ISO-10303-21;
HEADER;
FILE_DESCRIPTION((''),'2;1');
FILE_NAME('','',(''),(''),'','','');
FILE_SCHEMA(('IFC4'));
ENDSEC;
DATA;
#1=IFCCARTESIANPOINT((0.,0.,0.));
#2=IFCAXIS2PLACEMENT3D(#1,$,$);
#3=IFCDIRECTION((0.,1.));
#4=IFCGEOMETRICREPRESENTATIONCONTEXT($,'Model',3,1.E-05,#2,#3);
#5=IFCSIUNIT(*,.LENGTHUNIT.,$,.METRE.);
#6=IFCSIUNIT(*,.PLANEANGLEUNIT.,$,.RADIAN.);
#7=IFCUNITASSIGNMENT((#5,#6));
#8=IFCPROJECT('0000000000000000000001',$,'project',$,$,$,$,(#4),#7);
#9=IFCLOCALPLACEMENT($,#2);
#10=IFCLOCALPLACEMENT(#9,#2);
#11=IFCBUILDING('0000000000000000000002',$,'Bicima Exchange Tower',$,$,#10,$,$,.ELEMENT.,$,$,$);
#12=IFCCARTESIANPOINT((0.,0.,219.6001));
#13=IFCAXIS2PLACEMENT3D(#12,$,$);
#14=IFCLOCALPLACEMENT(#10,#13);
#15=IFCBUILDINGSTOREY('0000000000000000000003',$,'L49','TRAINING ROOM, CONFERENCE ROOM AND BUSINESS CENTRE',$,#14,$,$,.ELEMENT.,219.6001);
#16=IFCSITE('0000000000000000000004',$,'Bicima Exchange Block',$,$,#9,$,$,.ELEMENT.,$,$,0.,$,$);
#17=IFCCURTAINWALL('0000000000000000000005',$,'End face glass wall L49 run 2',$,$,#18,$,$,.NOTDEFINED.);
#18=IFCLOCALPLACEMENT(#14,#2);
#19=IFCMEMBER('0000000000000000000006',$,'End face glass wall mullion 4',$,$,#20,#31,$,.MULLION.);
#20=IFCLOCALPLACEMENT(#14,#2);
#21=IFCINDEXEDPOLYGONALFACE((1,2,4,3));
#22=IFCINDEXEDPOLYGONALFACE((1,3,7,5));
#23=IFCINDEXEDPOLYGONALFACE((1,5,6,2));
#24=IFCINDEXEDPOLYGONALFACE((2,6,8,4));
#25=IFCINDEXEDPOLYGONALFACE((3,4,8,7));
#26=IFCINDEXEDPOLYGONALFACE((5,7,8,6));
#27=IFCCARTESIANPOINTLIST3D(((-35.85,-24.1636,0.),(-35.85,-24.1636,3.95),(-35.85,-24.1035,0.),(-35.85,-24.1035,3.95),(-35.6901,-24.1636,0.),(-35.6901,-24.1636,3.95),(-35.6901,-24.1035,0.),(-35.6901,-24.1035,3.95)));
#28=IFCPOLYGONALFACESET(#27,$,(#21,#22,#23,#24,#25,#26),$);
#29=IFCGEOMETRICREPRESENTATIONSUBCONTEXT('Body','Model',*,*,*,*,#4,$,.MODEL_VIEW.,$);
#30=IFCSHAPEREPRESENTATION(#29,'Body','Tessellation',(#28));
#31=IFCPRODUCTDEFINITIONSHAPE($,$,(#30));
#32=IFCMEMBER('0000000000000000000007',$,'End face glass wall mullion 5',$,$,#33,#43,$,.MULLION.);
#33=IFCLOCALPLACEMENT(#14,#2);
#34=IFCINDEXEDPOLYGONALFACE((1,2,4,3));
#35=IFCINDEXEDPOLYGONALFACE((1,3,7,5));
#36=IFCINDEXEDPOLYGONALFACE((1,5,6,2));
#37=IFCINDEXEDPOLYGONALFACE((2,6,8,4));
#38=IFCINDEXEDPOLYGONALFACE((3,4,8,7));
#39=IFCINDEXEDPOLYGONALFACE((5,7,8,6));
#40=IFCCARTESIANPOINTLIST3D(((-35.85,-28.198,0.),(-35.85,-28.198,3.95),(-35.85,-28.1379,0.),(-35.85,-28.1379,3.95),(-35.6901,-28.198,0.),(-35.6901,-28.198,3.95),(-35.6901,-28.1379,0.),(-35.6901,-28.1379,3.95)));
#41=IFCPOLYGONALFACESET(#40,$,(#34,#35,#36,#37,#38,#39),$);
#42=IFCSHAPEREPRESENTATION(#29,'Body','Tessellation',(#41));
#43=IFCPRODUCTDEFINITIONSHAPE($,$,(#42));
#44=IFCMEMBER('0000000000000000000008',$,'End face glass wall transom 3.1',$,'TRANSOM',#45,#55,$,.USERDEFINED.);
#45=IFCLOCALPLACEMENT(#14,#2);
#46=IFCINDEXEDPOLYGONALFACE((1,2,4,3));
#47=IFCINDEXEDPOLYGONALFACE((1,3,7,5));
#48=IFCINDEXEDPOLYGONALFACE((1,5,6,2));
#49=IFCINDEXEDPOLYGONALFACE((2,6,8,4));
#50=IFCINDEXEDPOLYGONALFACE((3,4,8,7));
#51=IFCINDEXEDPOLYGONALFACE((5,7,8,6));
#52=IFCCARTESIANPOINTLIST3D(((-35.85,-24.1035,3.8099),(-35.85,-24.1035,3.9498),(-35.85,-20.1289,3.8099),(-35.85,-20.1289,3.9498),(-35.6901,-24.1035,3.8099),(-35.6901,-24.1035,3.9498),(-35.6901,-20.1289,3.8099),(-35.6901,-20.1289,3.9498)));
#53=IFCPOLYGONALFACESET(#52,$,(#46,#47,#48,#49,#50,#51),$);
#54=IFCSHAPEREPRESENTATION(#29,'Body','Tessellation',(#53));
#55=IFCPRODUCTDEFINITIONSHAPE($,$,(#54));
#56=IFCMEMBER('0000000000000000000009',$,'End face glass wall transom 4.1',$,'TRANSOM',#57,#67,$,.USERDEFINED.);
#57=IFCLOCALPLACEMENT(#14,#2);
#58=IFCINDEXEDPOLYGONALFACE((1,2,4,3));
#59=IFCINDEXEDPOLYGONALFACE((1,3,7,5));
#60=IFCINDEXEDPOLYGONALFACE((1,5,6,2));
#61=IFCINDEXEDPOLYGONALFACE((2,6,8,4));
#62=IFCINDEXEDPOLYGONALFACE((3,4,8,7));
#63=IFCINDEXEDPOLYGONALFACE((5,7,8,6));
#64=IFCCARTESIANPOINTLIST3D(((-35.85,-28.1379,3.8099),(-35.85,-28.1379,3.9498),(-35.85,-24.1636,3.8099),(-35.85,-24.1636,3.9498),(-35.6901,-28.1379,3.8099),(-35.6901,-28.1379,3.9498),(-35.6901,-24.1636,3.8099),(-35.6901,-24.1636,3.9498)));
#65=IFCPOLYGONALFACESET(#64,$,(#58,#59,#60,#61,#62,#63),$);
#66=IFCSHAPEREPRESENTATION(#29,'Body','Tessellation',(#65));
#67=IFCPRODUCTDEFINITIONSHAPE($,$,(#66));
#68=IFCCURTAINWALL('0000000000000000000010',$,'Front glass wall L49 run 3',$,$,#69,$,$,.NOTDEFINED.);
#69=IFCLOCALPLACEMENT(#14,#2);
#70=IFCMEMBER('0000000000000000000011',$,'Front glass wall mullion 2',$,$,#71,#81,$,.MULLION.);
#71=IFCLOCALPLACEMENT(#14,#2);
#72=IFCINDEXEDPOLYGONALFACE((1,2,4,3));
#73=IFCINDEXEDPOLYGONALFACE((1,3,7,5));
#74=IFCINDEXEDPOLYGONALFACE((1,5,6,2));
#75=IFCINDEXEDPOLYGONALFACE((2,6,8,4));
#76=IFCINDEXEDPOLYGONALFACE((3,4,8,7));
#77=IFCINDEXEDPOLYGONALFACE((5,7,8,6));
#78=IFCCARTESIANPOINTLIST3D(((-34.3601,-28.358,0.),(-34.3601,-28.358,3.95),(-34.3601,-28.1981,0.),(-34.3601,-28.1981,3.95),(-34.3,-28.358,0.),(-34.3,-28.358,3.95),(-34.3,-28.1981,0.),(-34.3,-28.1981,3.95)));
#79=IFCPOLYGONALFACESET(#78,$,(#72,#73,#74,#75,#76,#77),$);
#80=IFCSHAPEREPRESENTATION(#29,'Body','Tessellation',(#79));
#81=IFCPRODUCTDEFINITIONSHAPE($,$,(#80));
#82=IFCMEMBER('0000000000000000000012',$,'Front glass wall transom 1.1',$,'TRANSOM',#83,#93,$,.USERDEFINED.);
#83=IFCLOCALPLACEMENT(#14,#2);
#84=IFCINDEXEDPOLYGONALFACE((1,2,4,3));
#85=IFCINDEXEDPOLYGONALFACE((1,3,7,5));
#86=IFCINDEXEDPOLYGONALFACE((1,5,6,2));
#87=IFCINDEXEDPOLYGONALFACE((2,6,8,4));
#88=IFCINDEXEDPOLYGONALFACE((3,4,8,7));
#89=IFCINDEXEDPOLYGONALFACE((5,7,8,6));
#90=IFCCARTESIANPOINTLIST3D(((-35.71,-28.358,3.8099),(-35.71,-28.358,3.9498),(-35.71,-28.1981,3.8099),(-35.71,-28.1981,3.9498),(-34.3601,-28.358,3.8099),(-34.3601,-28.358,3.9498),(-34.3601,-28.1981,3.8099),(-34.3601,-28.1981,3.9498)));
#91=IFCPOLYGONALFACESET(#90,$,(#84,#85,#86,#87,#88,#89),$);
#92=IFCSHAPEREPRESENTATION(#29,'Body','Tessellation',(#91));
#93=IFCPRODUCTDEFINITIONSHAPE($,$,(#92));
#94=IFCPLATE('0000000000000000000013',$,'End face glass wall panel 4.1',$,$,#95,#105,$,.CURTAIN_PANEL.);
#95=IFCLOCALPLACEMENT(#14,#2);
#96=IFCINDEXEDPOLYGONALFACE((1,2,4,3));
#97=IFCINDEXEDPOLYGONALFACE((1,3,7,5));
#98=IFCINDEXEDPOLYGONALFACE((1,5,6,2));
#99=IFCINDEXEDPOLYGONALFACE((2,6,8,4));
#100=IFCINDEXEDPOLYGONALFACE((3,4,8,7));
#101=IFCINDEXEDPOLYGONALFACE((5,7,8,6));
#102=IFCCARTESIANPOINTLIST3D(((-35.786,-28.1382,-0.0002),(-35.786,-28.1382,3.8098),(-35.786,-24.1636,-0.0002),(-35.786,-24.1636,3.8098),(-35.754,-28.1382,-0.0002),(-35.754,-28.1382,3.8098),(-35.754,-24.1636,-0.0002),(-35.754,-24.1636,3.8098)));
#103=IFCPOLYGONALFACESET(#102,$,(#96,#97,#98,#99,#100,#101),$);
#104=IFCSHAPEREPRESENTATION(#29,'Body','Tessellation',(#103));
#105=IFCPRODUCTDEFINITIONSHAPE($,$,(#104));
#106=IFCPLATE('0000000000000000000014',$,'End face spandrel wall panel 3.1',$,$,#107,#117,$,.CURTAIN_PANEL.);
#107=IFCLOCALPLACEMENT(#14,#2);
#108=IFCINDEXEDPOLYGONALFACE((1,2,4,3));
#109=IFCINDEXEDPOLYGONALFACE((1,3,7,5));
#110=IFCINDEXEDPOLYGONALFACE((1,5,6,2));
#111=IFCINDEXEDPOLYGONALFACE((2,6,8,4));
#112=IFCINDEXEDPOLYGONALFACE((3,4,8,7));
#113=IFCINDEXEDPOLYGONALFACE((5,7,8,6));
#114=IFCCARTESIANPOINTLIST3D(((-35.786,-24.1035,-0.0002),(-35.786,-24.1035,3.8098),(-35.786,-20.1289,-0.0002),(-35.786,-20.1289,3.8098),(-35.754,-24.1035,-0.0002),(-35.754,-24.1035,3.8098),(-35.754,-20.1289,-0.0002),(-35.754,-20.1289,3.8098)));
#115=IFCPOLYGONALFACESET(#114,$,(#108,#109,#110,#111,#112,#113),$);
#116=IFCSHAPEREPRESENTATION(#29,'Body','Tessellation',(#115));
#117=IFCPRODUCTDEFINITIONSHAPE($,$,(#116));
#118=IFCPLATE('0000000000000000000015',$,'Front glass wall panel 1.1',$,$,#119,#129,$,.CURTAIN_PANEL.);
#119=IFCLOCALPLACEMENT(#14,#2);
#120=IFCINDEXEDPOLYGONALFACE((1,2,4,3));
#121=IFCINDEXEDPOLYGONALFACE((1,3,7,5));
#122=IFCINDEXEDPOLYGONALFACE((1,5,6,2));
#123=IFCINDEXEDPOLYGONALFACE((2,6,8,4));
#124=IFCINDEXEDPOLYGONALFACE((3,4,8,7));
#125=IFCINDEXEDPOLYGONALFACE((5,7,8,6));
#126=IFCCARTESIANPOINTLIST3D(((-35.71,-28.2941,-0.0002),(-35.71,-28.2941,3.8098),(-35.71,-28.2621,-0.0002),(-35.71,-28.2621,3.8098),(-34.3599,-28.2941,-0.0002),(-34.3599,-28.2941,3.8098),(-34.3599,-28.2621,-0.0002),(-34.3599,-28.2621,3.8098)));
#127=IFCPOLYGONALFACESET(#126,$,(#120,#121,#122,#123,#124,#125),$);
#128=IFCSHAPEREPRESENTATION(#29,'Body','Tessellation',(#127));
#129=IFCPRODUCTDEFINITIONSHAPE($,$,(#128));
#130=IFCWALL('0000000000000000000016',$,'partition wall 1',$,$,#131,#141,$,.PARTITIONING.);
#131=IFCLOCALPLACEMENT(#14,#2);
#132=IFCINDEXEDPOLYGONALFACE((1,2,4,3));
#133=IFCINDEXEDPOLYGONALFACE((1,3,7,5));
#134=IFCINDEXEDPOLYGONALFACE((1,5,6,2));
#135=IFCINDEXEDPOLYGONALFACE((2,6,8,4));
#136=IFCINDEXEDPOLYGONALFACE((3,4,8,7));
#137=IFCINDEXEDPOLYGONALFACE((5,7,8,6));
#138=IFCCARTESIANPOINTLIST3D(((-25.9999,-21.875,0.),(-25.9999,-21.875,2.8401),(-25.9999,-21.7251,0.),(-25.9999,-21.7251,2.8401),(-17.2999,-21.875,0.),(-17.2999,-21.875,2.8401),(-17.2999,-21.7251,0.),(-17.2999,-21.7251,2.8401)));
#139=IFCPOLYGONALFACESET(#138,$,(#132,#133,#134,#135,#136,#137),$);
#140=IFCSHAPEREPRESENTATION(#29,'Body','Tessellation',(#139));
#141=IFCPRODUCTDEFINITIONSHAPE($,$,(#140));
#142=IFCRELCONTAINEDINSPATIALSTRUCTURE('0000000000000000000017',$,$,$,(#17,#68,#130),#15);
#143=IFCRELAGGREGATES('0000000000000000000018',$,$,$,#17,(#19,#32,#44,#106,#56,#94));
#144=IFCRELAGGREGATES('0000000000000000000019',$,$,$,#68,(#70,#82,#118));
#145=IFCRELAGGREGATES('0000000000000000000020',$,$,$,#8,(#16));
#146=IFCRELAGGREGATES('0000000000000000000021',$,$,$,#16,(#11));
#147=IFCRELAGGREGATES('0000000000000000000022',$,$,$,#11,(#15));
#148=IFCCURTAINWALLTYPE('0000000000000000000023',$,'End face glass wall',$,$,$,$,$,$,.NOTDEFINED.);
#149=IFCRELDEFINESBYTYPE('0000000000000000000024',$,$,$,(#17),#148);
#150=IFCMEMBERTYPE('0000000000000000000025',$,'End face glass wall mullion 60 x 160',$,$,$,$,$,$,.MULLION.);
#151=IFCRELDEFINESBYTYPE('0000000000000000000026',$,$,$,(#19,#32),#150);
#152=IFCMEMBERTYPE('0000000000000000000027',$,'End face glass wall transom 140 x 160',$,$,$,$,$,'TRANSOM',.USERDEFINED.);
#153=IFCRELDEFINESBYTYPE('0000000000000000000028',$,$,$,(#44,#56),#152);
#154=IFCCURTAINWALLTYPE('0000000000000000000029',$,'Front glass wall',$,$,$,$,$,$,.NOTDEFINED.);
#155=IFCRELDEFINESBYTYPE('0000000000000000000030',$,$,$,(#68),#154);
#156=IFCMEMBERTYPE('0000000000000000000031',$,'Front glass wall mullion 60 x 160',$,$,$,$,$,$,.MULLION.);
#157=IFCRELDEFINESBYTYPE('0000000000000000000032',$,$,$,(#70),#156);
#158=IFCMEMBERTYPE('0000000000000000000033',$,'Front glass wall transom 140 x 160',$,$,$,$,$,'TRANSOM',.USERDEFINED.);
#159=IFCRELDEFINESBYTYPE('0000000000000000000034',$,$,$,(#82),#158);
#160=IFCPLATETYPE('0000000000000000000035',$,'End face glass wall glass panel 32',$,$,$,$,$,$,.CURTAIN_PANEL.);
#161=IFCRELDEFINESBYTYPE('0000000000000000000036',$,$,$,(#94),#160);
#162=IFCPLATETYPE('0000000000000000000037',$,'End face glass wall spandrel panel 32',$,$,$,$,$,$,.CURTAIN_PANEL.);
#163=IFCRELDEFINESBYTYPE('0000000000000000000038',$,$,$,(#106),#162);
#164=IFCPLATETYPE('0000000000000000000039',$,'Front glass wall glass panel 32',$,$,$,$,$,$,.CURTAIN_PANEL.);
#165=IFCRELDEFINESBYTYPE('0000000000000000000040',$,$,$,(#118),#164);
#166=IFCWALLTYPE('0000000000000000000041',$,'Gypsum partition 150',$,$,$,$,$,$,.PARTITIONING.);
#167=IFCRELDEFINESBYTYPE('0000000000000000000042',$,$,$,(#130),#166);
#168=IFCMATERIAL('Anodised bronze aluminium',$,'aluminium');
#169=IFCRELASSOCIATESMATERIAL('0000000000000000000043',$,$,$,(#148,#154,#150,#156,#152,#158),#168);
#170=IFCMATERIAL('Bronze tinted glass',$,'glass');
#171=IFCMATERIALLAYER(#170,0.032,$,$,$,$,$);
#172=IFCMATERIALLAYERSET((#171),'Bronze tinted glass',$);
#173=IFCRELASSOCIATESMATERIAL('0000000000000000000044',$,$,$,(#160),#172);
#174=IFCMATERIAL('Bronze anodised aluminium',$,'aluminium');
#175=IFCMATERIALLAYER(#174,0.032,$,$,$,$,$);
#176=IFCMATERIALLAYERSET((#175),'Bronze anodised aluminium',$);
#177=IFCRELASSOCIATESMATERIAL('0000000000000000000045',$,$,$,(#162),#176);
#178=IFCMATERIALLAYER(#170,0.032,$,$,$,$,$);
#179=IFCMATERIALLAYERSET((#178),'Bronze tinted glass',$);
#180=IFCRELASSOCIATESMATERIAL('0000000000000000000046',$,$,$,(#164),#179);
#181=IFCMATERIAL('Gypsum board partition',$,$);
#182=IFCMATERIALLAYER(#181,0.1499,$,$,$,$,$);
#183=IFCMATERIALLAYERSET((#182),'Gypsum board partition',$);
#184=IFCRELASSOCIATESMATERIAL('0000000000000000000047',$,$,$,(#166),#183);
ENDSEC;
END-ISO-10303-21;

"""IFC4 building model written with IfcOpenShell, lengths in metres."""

from ifc_helpers import new_model, si_unit, direction, frame, frame_2d, origin, origin_2d, place, context, subcontext, project, spatial, rectangle, extrude, material, layer, layer_set, material_profile, profile_set, type_object, element, aggregate, save


model = new_model("IFC4")

# Units and contexts
model_context = context("Model", 3, precision=1e-05, world=origin(), true_north=direction((0.0, 1.0)))
body_context = subcontext(model_context, "Body", "Model", "MODEL_VIEW")
ifc_project = project(units=[si_unit("LENGTHUNIT", "METRE"), si_unit("PLANEANGLEUNIT", "RADIAN")], contexts=[model_context])

# Site, building, storey
site_placement = place(None, origin())
site = spatial("IfcSite", under=ifc_project, at=site_placement, Name="Bicima Exchange Block", CompositionType="ELEMENT", RefElevation=0.0)
building_placement = place(site_placement, origin())
building = spatial("IfcBuilding", under=site, at=building_placement, Name="Bicima Exchange Tower", CompositionType="ELEMENT")
storey_placement = place(building_placement, frame((0.0, 0.0, 219.6001)))
storey = spatial("IfcBuildingStorey", under=building, at=storey_placement, Name="L49", Description="TRAINING ROOM, CONFERENCE ROOM AND BUSINESS CENTRE", CompositionType="ELEMENT", Elevation=219.6001)

# Curtain walls, members
ifc_material_1 = material(Name="Anodised bronze aluminium", Category="aluminium")
curtain_wall_type_1 = type_object("IfcCurtainWallType", Name="End face glass wall", PredefinedType="NOTDEFINED", material=ifc_material_1)
curtain_wall_1_placement = place(storey_placement, origin())
curtain_wall_1 = element("IfcCurtainWall", 1, at=curtain_wall_1_placement, inside=storey, type_object=curtain_wall_type_1, Name="End face glass wall L49 run 2", PredefinedType="NOTDEFINED")
ifc_material_profile_1 = material_profile(ifc_material_1, rectangle(XDim=0.1599, YDim=0.0601, at=origin_2d()))
ifc_profile_set_1 = profile_set([ifc_material_profile_1], Name="Anodised bronze aluminium")
member_type_1 = type_object("IfcMemberType", Name="End face glass wall mullion 60 x 160", PredefinedType="MULLION", material=ifc_profile_set_1)
member_1_placement = place(storey_placement, frame((-35.77, -24.1335, 0.0), z_axis=(0.0, 0.0, 1.0), x_axis=(1.0, 0.0, 0.0)))
member_1 = element("IfcMember", 2, at=member_1_placement, type_object=member_type_1, Name="End face glass wall mullion 4", PredefinedType="MULLION", context=body_context, shape_type="SweptSolid", body=[
    extrude(rectangle(XDim=0.1599, YDim=0.0601, at=origin_2d()), origin(), (0.0, 0.0, 1.0), 3.95),
])
member_2_placement = place(storey_placement, frame((-35.77, -28.168, 0.0), z_axis=(0.0, 0.0, 1.0), x_axis=(1.0, 0.0, 0.0)))
member_2 = element("IfcMember", 3, at=member_2_placement, type_object=member_type_1, Name="End face glass wall mullion 5", PredefinedType="MULLION", context=body_context, shape_type="SweptSolid", body=[
    extrude(rectangle(XDim=0.1599, YDim=0.0601, at=origin_2d()), origin(), (0.0, 0.0, 1.0), 3.95),
])
ifc_material_profile_2 = material_profile(ifc_material_1, rectangle(XDim=0.1599, YDim=0.1399, at=origin_2d()))
ifc_profile_set_2 = profile_set([ifc_material_profile_2], Name="Anodised bronze aluminium")
member_type_2 = type_object("IfcMemberType", Name="End face glass wall transom 140 x 160", ElementType="TRANSOM", PredefinedType="USERDEFINED", material=ifc_profile_set_2)
member_3_placement = place(storey_placement, frame((-35.77, -20.1289, 3.8799), z_axis=(0.0, -1.0, 0.0), x_axis=(1.0, 0.0, 0.0)))
member_3 = element("IfcMember", 4, at=member_3_placement, type_object=member_type_2, Name="End face glass wall transom 3.1", ObjectType="TRANSOM", PredefinedType="USERDEFINED", context=body_context, shape_type="SweptSolid", body=[
    extrude(rectangle(XDim=0.1599, YDim=0.1399, at=origin_2d()), origin(), (0.0, 0.0, 1.0), 3.9746),
])
member_4_placement = place(storey_placement, frame((-35.77, -24.1636, 3.8799), z_axis=(0.0, -1.0, 0.0), x_axis=(1.0, 0.0, 0.0)))
member_4 = element("IfcMember", 5, at=member_4_placement, type_object=member_type_2, Name="End face glass wall transom 4.1", ObjectType="TRANSOM", PredefinedType="USERDEFINED", context=body_context, shape_type="SweptSolid", body=[
    extrude(rectangle(XDim=0.1599, YDim=0.1399, at=origin_2d()), origin(), (0.0, 0.0, 1.0), 3.9744),
])
curtain_wall_type_2 = type_object("IfcCurtainWallType", Name="Front glass wall", PredefinedType="NOTDEFINED", material=ifc_material_1)
curtain_wall_2_placement = place(storey_placement, origin())
curtain_wall_2 = element("IfcCurtainWall", 6, at=curtain_wall_2_placement, inside=storey, type_object=curtain_wall_type_2, Name="Front glass wall L49 run 3", PredefinedType="NOTDEFINED")
member_type_3 = type_object("IfcMemberType", Name="Front glass wall mullion 60 x 160", PredefinedType="MULLION", material=ifc_profile_set_1)
member_5_placement = place(storey_placement, frame((-34.3301, -28.2781, 0.0), z_axis=(0.0, 0.0, 1.0), x_axis=(0.0, 1.0, 0.0)))
member_5 = element("IfcMember", 7, at=member_5_placement, type_object=member_type_3, Name="Front glass wall mullion 2", PredefinedType="MULLION", context=body_context, shape_type="SweptSolid", body=[
    extrude(rectangle(XDim=0.1599, YDim=0.0601, at=origin_2d()), origin(), (0.0, 0.0, 1.0), 3.95),
])
member_type_4 = type_object("IfcMemberType", Name="Front glass wall transom 140 x 160", ElementType="TRANSOM", PredefinedType="USERDEFINED", material=ifc_profile_set_2)
member_6_placement = place(storey_placement, frame((-35.71, -28.2781, 3.8799), z_axis=(1.0, 0.0, 0.0), x_axis=(0.0, 1.0, 0.0)))
member_6 = element("IfcMember", 8, at=member_6_placement, type_object=member_type_4, Name="Front glass wall transom 1.1", ObjectType="TRANSOM", PredefinedType="USERDEFINED", context=body_context, shape_type="SweptSolid", body=[
    extrude(rectangle(XDim=0.1599, YDim=0.1399, at=origin_2d()), origin(), (0.0, 0.0, 1.0), 1.3499),
])

# Plates
ifc_material_2 = material(Name="Bronze tinted glass", Category="glass")
ifc_layer_1 = layer(ifc_material_2, 0.032)
ifc_layer_set_1 = layer_set([ifc_layer_1], Name="Bronze tinted glass")
plate_type_1 = type_object("IfcPlateType", Name="End face glass wall glass panel 32", PredefinedType="CURTAIN_PANEL", material=ifc_layer_set_1)
plate_1_placement = place(storey_placement, frame((-35.77, -26.1509, -0.0002), z_axis=(0.0, 0.0, 1.0), x_axis=(0.0, -1.0, 0.0)))
plate_1 = element("IfcPlate", 9, at=plate_1_placement, type_object=plate_type_1, Name="End face glass wall panel 4.1", PredefinedType="CURTAIN_PANEL", context=body_context, shape_type="SweptSolid", body=[
    extrude(rectangle(XDim=3.9746, YDim=0.032, at=origin_2d()), origin(), (0.0, 0.0, 1.0), 3.8101),
])
ifc_material_3 = material(Name="Bronze anodised aluminium", Category="aluminium")
ifc_layer_2 = layer(ifc_material_3, 0.032)
ifc_layer_set_2 = layer_set([ifc_layer_2], Name="Bronze anodised aluminium")
plate_type_2 = type_object("IfcPlateType", Name="End face glass wall spandrel panel 32", PredefinedType="CURTAIN_PANEL", material=ifc_layer_set_2)
plate_2_placement = place(storey_placement, frame((-35.77, -22.1162, -0.0002), z_axis=(0.0, 0.0, 1.0), x_axis=(0.0, -1.0, 0.0)))
plate_2 = element("IfcPlate", 10, at=plate_2_placement, type_object=plate_type_2, Name="End face spandrel wall panel 3.1", PredefinedType="CURTAIN_PANEL", context=body_context, shape_type="SweptSolid", body=[
    extrude(rectangle(XDim=3.9746, YDim=0.032, at=origin_2d()), origin(), (0.0, 0.0, 1.0), 3.8101),
])
aggregate(curtain_wall_1, [member_1, member_2, member_3, plate_2, member_4, plate_1])
ifc_layer_3 = layer(ifc_material_2, 0.032)
ifc_layer_set_3 = layer_set([ifc_layer_3], Name="Bronze tinted glass")
plate_type_3 = type_object("IfcPlateType", Name="Front glass wall glass panel 32", PredefinedType="CURTAIN_PANEL", material=ifc_layer_set_3)
plate_3_placement = place(storey_placement, frame((-35.0349, -28.2781, -0.0002), z_axis=(0.0, 0.0, 1.0), x_axis=(1.0, 0.0, 0.0)))
plate_3 = element("IfcPlate", 11, at=plate_3_placement, type_object=plate_type_3, Name="Front glass wall panel 1.1", PredefinedType="CURTAIN_PANEL", context=body_context, shape_type="SweptSolid", body=[
    extrude(rectangle(XDim=1.3501, YDim=0.032, at=origin_2d()), origin(), (0.0, 0.0, 1.0), 3.8101),
])
aggregate(curtain_wall_2, [member_5, member_6, plate_3])

# Wall
ifc_material_4 = material(Name="Gypsum board partition")
ifc_layer_4 = layer(ifc_material_4, 0.1499)
ifc_layer_set_4 = layer_set([ifc_layer_4], Name="Gypsum board partition")
wall_type = type_object("IfcWallType", Name="Gypsum partition 150", PredefinedType="PARTITIONING", material=ifc_layer_set_4)
wall_placement = place(storey_placement, frame((-26.0, -21.8, 0.0), z_axis=(0.0, 0.0, 1.0), x_axis=(1.0, 0.0, 0.0)))
element("IfcWall", 12, at=wall_placement, inside=storey, type_object=wall_type, Name="partition wall 1", PredefinedType="PARTITIONING", context=body_context, shape_type="SweptSolid", body=[
    extrude(rectangle(XDim=8.7, YDim=0.1499, at=frame_2d((4.3501, 0.0))), origin(), (0.0, 0.0, 1.0), 2.8401),
])

save(model, "model.ifc")
